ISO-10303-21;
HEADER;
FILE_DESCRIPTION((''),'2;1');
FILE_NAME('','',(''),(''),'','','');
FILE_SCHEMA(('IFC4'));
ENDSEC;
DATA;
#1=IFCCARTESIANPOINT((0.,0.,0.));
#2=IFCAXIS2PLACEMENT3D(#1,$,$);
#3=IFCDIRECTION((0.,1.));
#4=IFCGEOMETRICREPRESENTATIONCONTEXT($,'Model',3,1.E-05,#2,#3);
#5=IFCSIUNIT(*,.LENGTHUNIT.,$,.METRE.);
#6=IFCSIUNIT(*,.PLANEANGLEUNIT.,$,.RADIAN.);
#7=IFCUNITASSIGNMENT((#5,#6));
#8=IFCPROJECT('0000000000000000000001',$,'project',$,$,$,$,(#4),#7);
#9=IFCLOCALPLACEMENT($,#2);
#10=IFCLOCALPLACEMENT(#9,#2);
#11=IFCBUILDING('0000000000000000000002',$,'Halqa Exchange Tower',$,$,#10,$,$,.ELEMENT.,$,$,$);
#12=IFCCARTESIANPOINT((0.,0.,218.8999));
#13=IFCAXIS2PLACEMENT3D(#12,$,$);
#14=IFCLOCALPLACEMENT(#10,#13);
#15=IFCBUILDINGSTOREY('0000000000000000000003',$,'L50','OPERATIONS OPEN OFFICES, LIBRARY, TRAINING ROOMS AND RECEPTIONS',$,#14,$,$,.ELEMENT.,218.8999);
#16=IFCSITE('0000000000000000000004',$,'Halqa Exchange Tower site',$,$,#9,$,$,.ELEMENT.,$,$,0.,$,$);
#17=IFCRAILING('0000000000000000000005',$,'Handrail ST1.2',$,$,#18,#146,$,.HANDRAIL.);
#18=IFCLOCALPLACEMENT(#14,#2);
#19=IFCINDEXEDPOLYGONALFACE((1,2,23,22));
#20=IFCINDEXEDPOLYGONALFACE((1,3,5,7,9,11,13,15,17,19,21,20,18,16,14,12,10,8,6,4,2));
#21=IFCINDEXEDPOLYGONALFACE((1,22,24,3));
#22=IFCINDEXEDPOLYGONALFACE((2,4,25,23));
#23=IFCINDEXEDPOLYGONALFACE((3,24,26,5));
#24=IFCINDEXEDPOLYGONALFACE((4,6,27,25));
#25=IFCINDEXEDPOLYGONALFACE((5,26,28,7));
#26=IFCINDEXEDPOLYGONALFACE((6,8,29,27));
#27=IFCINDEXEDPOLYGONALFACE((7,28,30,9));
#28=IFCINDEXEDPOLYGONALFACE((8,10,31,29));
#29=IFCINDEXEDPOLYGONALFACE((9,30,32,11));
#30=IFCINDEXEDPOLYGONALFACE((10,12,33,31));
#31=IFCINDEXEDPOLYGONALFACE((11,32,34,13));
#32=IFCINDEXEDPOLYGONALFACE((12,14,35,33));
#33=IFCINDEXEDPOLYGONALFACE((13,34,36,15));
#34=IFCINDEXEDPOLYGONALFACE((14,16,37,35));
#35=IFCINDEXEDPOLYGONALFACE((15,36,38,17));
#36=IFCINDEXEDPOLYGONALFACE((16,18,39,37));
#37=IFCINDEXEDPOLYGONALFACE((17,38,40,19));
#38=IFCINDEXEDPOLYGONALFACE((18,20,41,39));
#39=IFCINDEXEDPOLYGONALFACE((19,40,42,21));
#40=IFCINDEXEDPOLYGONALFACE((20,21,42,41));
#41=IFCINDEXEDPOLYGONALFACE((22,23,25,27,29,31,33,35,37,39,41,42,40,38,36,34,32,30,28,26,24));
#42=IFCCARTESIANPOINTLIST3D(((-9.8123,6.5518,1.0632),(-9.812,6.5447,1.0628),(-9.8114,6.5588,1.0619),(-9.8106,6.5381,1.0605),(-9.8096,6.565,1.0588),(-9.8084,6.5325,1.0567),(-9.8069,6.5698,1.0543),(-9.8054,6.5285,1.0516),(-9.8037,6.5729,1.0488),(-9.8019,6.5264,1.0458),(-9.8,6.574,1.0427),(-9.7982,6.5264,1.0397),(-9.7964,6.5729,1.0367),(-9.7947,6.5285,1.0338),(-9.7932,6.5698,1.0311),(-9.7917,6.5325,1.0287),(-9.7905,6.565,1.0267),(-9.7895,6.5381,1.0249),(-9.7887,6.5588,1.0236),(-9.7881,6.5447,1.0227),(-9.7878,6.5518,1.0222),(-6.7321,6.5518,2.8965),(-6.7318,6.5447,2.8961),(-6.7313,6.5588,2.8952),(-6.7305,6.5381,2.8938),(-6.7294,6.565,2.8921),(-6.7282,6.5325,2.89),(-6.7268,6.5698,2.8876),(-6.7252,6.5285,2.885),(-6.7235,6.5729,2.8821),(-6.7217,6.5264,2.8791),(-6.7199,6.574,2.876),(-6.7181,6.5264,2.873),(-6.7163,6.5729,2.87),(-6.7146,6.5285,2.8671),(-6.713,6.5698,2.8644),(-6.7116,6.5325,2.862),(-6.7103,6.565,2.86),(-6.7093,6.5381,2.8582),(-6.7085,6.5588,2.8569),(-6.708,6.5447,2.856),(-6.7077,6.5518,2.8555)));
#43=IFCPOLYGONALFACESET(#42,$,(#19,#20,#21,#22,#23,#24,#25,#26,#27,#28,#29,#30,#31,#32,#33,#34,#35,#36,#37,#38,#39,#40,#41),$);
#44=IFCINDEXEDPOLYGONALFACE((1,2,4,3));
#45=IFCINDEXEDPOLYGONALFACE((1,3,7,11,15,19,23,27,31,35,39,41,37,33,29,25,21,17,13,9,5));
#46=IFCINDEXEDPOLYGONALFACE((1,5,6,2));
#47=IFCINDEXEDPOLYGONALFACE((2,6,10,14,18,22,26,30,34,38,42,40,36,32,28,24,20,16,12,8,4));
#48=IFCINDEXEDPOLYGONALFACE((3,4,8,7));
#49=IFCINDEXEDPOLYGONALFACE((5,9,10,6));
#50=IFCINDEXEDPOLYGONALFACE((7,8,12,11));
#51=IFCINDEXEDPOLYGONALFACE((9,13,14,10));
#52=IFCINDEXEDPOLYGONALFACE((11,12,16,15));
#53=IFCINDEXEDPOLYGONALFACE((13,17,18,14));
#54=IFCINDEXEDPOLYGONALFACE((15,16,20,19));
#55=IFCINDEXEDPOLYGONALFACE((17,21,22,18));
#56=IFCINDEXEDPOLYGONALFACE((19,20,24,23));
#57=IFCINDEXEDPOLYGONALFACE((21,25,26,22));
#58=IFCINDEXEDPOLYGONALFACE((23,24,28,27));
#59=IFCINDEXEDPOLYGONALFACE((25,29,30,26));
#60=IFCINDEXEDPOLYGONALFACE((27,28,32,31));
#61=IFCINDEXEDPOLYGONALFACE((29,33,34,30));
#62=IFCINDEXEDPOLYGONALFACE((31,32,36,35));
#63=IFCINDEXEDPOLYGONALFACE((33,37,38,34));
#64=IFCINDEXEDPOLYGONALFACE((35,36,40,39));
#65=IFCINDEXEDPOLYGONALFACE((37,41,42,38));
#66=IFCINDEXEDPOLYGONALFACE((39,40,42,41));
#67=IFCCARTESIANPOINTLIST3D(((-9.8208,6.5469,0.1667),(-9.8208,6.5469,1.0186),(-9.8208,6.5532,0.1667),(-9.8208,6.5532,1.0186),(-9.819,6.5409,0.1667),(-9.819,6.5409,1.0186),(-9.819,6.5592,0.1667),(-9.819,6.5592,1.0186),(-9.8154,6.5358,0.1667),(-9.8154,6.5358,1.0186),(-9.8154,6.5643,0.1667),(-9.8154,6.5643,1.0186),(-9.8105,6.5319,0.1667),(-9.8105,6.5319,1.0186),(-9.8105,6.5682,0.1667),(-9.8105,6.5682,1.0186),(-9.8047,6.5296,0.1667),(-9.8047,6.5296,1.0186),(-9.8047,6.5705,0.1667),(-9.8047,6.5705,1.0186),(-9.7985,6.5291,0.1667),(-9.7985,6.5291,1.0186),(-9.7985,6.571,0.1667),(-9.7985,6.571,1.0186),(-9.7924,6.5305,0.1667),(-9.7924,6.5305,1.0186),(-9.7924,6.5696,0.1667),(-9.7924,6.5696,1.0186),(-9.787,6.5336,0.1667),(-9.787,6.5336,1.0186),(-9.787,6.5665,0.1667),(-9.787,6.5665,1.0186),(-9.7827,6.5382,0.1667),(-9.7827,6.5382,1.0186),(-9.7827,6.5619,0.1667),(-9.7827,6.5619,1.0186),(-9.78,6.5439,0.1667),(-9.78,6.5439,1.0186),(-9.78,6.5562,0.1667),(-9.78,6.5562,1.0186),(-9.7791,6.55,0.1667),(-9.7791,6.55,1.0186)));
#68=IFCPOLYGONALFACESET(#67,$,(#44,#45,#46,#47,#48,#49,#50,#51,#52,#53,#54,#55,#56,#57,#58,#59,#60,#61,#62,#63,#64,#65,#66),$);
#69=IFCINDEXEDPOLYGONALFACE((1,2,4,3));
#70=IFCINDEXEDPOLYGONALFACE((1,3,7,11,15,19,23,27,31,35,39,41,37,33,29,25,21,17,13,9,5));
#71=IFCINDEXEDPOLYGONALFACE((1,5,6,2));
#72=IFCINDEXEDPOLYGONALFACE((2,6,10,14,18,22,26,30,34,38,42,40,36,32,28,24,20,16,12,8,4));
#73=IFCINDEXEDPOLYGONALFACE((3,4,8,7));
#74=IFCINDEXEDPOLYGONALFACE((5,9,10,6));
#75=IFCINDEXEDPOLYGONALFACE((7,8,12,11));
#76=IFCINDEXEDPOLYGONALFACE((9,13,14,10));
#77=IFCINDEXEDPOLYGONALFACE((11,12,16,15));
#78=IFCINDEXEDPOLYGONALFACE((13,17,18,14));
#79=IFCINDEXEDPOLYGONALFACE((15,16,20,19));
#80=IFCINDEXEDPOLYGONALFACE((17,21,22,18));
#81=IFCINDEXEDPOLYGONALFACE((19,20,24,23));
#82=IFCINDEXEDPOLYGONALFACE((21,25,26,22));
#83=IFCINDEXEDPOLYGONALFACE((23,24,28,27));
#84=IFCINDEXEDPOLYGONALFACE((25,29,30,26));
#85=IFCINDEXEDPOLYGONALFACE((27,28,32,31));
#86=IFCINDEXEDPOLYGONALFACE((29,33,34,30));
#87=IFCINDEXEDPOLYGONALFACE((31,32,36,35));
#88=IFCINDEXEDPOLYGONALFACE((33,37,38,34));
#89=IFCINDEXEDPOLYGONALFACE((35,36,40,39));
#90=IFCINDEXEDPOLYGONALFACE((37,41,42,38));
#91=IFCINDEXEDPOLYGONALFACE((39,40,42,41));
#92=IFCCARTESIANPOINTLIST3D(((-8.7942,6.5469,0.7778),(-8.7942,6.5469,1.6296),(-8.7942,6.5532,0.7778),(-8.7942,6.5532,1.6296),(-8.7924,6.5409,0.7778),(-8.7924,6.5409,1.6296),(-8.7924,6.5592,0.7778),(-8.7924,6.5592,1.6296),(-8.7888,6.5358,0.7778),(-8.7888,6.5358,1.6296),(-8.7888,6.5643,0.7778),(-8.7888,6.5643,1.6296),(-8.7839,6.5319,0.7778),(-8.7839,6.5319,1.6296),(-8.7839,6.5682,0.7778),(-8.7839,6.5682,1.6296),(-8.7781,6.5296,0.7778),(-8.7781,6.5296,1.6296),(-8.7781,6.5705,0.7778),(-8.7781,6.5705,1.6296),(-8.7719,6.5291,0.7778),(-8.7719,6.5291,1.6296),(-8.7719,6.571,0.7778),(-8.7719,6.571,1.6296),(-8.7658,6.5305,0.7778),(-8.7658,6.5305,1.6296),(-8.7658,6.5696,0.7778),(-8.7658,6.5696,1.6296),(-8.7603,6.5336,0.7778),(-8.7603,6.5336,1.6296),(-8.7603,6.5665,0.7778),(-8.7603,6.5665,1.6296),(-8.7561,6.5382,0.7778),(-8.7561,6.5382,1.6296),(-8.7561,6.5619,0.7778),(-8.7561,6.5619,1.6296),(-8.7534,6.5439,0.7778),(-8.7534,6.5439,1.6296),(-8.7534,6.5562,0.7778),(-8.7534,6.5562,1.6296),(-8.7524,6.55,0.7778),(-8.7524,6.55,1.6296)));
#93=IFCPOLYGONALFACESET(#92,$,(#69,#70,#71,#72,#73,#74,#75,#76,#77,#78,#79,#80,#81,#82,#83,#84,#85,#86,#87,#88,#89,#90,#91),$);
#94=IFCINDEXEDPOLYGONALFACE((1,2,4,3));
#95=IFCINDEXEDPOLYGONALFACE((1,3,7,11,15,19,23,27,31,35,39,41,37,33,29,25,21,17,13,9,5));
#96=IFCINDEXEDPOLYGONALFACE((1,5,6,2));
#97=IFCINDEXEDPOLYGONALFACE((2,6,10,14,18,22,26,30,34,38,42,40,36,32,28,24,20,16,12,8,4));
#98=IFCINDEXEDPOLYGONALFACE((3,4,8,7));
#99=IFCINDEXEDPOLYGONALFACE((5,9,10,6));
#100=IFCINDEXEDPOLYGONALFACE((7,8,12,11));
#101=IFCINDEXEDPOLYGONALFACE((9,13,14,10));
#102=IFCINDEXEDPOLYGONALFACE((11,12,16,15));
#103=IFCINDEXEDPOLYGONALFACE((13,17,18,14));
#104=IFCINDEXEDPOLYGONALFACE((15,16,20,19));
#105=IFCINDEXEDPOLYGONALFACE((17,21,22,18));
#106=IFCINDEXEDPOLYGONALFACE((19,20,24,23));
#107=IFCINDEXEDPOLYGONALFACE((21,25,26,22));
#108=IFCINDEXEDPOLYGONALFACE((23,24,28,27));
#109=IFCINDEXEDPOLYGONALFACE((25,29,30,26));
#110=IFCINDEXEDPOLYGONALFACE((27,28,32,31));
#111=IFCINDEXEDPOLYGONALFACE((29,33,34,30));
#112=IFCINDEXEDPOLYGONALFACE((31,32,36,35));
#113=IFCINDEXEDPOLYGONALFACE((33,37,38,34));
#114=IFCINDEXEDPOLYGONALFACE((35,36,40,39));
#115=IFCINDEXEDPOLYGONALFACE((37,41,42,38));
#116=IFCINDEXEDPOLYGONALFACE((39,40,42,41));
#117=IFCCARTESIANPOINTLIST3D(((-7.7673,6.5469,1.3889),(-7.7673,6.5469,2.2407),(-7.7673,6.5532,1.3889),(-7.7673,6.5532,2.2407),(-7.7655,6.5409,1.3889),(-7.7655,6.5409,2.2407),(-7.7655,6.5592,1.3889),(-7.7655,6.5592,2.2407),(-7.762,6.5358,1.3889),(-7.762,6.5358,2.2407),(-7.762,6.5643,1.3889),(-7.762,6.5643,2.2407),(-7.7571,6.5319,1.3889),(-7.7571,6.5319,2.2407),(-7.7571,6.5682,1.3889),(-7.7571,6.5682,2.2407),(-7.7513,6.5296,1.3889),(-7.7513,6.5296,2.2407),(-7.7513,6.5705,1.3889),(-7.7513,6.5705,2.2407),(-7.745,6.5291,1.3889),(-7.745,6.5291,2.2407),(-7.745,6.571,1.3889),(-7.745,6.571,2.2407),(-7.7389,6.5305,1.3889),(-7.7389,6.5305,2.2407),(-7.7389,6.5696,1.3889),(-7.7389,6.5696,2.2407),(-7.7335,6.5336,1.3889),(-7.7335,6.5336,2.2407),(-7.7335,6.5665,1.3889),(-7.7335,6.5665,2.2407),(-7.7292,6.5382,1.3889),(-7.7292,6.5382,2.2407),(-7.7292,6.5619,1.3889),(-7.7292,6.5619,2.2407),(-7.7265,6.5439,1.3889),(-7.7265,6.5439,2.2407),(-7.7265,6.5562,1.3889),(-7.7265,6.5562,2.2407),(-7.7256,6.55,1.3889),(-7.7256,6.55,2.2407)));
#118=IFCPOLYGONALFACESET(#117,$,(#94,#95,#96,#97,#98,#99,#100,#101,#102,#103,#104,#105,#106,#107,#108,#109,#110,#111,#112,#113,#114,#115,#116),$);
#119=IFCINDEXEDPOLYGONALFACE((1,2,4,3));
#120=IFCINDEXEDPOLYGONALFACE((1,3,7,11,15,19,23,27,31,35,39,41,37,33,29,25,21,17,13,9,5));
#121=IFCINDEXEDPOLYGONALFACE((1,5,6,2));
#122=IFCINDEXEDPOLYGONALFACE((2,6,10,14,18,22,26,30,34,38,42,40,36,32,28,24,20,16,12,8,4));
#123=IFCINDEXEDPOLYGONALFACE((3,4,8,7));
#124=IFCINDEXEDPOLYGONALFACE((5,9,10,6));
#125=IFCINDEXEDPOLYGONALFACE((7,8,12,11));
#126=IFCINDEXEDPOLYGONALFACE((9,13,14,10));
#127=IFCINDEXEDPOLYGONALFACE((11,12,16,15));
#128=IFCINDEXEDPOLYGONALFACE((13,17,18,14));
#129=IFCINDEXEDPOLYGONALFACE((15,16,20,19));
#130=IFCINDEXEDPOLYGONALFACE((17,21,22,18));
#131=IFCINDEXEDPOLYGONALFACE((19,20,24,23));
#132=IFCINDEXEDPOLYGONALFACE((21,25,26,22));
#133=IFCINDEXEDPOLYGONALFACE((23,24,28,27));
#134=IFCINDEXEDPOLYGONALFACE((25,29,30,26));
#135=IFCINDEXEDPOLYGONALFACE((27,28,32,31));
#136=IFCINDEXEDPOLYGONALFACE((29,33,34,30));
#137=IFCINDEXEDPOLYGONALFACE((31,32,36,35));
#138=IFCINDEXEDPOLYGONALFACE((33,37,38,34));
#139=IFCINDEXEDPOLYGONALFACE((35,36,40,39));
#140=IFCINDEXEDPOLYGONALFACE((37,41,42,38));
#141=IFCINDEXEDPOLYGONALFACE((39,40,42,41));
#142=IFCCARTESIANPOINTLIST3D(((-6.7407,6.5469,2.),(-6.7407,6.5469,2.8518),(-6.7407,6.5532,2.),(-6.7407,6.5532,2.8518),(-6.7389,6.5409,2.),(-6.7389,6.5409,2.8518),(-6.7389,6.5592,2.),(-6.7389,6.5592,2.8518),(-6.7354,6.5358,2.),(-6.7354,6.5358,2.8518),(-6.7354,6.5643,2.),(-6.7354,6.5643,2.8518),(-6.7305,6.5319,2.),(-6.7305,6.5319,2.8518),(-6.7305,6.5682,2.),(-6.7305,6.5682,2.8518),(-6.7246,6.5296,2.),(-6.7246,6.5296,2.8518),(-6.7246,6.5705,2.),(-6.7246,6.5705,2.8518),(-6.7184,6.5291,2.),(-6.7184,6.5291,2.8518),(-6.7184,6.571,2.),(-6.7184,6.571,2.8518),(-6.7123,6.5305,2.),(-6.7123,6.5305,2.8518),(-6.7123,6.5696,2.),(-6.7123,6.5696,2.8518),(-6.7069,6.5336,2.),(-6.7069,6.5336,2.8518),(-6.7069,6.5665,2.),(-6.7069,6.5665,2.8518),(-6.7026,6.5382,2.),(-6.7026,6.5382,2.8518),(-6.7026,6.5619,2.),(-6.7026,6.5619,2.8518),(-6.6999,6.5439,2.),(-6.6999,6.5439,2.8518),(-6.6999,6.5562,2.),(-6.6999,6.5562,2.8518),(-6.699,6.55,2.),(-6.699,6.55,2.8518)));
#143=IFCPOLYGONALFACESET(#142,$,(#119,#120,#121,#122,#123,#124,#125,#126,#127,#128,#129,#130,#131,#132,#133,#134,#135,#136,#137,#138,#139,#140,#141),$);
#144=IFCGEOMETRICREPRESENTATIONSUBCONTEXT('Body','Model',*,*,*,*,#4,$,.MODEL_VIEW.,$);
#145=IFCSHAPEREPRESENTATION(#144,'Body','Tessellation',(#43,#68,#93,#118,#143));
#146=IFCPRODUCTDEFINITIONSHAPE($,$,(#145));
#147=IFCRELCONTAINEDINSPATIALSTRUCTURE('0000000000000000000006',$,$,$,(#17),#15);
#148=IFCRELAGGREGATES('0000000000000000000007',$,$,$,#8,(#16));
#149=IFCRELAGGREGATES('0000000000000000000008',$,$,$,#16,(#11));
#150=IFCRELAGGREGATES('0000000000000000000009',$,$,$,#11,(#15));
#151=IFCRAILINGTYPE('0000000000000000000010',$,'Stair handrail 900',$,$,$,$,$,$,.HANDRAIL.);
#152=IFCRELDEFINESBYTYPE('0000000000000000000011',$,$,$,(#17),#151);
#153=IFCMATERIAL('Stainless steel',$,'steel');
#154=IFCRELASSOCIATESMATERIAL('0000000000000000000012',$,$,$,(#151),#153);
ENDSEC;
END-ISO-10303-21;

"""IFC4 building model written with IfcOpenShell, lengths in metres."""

from ifc_helpers import new_model, si_unit, direction, frame, origin, origin_2d, place, context, subcontext, project, spatial, circle, extrude, material, type_object, element, save


model = new_model("IFC4")

# Units and contexts
model_context = context("Model", 3, precision=1e-05, world=origin(), true_north=direction((0.0, 1.0)))
body_context = subcontext(model_context, "Body", "Model", "MODEL_VIEW")
ifc_project = project(units=[si_unit("LENGTHUNIT", "METRE"), si_unit("PLANEANGLEUNIT", "RADIAN")], contexts=[model_context])

# Site, building, storey
site_placement = place(None, origin())
site = spatial("IfcSite", under=ifc_project, at=site_placement, Name="Halqa Exchange Tower site", CompositionType="ELEMENT", RefElevation=0.0)
building_placement = place(site_placement, origin())
building = spatial("IfcBuilding", under=site, at=building_placement, Name="Halqa Exchange Tower", CompositionType="ELEMENT")
storey_placement = place(building_placement, frame((0.0, 0.0, 218.8999)))
storey = spatial("IfcBuildingStorey", under=building, at=storey_placement, Name="L50", Description="OPERATIONS OPEN OFFICES, LIBRARY, TRAINING ROOMS AND RECEPTIONS", CompositionType="ELEMENT", Elevation=218.8999)

# Shared definitions
ifc_material_1 = material(Name="Stainless steel", Category="steel")

# Railing
railing_type_1 = type_object("IfcRailingType", Name="Stair handrail 900", PredefinedType="HANDRAIL", material=ifc_material_1)
railing_1_placement = place(storey_placement, frame((-9.8, 6.55, 0.1667)))
element("IfcRailing", 1, at=railing_1_placement, inside=storey, type_object=railing_type_1, Name="Handrail ST1.2", PredefinedType="HANDRAIL", context=body_context, shape_type="SweptSolid", body=[
    extrude(circle(Radius=0.0239, at=origin_2d()), frame((0.0, 0.0, 0.876), z_axis=(0.859309, 0.0, 0.511458), x_axis=(0.0, 1.0, 0.0)), (0.0, 0.0, 1.0), 3.5845),
    extrude(circle(Radius=0.021, at=origin_2d()), origin(), (0.0, 0.0, 1.0), 0.8518),
    extrude(circle(Radius=0.021, at=origin_2d()), frame((1.0266, 0.0, 0.6111)), (0.0, 0.0, 1.0), 0.8518),
    extrude(circle(Radius=0.021, at=origin_2d()), frame((2.0535, 0.0, 1.2222)), (0.0, 0.0, 1.0), 0.8518),
    extrude(circle(Radius=0.021, at=origin_2d()), frame((3.0801, 0.0, 1.8333)), (0.0, 0.0, 1.0), 0.8518),
])

save(model, "model.ifc")
